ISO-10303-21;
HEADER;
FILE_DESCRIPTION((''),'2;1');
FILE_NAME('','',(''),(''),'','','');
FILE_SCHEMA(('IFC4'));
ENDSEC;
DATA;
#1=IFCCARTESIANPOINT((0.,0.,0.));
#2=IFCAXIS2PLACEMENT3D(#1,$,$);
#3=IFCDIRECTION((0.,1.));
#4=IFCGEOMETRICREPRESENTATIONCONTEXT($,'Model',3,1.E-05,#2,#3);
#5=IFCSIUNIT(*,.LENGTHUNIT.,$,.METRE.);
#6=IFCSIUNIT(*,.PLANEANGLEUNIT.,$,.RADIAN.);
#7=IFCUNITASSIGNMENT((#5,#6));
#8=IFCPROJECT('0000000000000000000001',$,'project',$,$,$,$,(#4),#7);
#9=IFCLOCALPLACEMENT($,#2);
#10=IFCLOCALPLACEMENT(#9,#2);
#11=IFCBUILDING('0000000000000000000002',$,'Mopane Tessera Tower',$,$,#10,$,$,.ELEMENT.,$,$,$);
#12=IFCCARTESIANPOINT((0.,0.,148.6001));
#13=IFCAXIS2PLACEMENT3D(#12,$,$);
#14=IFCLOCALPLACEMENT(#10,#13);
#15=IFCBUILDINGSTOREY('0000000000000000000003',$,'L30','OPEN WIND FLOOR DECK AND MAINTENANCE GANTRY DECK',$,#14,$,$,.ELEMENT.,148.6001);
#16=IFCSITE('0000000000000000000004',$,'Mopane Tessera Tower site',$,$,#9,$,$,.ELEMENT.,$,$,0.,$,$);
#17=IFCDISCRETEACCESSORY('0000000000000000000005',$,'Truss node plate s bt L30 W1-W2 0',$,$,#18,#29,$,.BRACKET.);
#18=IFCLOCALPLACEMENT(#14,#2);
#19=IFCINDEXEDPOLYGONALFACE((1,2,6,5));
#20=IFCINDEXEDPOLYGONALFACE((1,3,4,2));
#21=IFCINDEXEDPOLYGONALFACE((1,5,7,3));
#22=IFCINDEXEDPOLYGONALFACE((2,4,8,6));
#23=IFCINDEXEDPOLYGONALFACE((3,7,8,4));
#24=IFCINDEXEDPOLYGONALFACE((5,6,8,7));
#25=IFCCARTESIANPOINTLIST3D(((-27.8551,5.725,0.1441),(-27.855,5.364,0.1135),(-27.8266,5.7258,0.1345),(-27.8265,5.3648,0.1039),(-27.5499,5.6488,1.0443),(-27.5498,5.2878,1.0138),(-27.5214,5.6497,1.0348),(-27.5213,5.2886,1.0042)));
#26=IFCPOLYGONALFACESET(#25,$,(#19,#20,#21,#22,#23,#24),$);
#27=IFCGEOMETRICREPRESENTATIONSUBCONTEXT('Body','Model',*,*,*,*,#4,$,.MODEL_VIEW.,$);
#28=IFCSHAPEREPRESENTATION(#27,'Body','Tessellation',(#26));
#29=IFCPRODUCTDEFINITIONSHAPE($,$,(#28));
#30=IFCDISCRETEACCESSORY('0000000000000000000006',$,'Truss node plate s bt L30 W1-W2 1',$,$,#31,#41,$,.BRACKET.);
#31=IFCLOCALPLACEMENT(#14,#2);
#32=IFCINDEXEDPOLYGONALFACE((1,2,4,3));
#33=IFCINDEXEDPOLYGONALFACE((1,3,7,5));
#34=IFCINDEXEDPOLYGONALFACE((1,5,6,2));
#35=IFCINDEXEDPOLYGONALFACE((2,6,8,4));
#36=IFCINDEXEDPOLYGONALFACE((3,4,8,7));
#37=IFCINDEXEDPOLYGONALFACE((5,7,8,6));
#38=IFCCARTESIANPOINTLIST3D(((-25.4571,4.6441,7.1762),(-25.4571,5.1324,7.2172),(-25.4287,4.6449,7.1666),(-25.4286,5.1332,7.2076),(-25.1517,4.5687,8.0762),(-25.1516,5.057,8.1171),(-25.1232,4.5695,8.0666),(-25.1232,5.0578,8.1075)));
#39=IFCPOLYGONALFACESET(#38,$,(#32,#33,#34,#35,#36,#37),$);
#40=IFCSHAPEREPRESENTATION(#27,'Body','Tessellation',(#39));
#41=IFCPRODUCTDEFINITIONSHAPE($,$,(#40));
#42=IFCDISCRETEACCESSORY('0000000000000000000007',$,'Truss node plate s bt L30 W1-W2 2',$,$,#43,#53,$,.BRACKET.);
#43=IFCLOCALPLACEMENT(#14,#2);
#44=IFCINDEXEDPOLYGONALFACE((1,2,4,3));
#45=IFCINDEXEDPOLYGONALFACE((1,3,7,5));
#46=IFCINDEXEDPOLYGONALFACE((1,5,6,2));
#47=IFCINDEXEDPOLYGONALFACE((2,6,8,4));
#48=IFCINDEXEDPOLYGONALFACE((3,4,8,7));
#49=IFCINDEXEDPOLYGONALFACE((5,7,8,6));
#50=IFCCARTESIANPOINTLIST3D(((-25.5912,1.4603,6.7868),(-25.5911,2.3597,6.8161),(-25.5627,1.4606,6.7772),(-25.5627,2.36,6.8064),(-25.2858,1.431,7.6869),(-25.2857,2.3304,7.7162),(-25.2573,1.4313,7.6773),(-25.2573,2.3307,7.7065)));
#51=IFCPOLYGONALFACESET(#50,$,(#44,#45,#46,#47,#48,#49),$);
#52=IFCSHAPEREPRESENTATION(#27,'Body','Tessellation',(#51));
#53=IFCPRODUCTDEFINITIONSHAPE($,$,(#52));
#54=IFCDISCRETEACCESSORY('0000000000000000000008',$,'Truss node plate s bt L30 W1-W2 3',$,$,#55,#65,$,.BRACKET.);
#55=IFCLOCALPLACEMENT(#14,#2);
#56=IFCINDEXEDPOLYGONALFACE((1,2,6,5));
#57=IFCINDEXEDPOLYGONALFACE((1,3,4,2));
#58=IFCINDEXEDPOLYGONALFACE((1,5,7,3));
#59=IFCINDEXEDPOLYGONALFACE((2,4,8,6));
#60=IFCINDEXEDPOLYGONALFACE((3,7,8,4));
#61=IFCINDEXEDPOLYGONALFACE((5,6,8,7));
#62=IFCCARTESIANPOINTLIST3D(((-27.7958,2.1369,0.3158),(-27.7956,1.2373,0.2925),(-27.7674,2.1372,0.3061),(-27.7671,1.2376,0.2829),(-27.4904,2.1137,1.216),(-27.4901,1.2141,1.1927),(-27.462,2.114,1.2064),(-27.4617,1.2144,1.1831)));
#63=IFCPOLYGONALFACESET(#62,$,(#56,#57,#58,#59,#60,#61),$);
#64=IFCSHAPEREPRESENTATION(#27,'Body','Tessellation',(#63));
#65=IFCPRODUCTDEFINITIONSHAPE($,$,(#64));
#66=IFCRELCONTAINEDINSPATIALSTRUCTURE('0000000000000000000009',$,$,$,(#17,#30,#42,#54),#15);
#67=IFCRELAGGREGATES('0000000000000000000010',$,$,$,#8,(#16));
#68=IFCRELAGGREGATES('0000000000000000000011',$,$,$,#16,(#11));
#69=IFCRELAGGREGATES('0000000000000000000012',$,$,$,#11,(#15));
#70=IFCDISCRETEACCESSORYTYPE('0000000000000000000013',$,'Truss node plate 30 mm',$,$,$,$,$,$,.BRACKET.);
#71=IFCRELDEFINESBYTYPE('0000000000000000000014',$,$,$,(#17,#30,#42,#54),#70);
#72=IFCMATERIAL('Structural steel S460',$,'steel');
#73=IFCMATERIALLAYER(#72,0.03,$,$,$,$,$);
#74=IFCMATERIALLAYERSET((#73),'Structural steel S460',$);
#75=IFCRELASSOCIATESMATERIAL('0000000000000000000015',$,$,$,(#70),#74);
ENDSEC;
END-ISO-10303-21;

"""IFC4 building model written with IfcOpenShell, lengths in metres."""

from ifc_helpers import new_model, si_unit, direction, frame, origin, origin_2d, place, context, subcontext, project, spatial, rectangle, extrude, material, layer, layer_set, type_object, element, save


model = new_model("IFC4")

# Units and contexts
model_context = context("Model", 3, precision=1e-05, world=origin(), true_north=direction((0.0, 1.0)))
body_context = subcontext(model_context, "Body", "Model", "MODEL_VIEW")
ifc_project = project(units=[si_unit("LENGTHUNIT", "METRE"), si_unit("PLANEANGLEUNIT", "RADIAN")], contexts=[model_context])

# Site, building, storey
site_placement = place(None, origin())
site = spatial("IfcSite", under=ifc_project, at=site_placement, Name="Mopane Tessera Tower site", CompositionType="ELEMENT", RefElevation=0.0)
building_placement = place(site_placement, origin())
building = spatial("IfcBuilding", under=site, at=building_placement, Name="Mopane Tessera Tower", CompositionType="ELEMENT")
storey_placement = place(building_placement, frame((0.0, 0.0, 148.6001)))
storey = spatial("IfcBuildingStorey", under=building, at=storey_placement, Name="L30", Description="OPEN WIND FLOOR DECK AND MAINTENANCE GANTRY DECK", CompositionType="ELEMENT", Elevation=148.6001)

# Discrete accessories
ifc_material_1 = material(Name="Structural steel S460", Category="steel")
ifc_layer_1 = layer(ifc_material_1, 0.03)
ifc_layer_set_1 = layer_set([ifc_layer_1], Name="Structural steel S460")
discrete_accessory_type = type_object("IfcDiscreteAccessoryType", Name="Truss node plate 30 mm", PredefinedType="BRACKET", material=ifc_layer_set_1)
discrete_accessory_1_placement = place(storey_placement, frame((-27.8408, 5.5449, 0.124), z_axis=(0.320052, -0.079885, 0.944026), x_axis=(0.9474, 0.027283, -0.318887)))
element("IfcDiscreteAccessory", 1, at=discrete_accessory_1_placement, inside=storey, type_object=discrete_accessory_type, Name="Truss node plate s bt L30 W1-W2 0", PredefinedType="BRACKET", context=body_context, shape_type="SweptSolid", body=[
    extrude(rectangle(XDim=0.03, YDim=0.3623, at=origin_2d()), origin(), (0.0, 0.0, 1.0), 0.9536),
])
discrete_accessory_2_placement = place(storey_placement, frame((-25.4429, 4.8887, 7.1919), z_axis=(0.320379, -0.079134, 0.943978), x_axis=(0.947289, 0.026742, -0.319261)))
element("IfcDiscreteAccessory", 2, at=discrete_accessory_2_placement, inside=storey, type_object=discrete_accessory_type, Name="Truss node plate s bt L30 W1-W2 1", PredefinedType="BRACKET", context=body_context, shape_type="SweptSolid", body=[
    extrude(rectangle(XDim=0.03, YDim=0.49, at=origin_2d()), origin(), (0.0, 0.0, 1.0), 0.9534),
])
for number, where, z_axis, x_axis, name in (
    (3, (-25.5769, 1.9102, 6.7966), (0.321156, -0.030806, 0.946525), (0.947026, 0.010375, -0.320989), "Truss node plate s bt L30 W1-W2 2"),
    (4, (-27.7815, 1.6873, 0.2993), (0.321213, -0.024393, 0.946693), (0.947007, 0.008592, -0.321098), "Truss node plate s bt L30 W1-W2 3"),
):
    element("IfcDiscreteAccessory", number, at=place(storey_placement, frame(where, z_axis=z_axis, x_axis=x_axis)), inside=storey, type_object=discrete_accessory_type, Name=name, PredefinedType="BRACKET", context=body_context, shape_type="SweptSolid", body=[
        extrude(rectangle(XDim=0.03, YDim=0.8999, at=origin_2d()), origin(), (0.0, 0.0, 1.0), 0.9509),
    ])

save(model, "model.ifc")
